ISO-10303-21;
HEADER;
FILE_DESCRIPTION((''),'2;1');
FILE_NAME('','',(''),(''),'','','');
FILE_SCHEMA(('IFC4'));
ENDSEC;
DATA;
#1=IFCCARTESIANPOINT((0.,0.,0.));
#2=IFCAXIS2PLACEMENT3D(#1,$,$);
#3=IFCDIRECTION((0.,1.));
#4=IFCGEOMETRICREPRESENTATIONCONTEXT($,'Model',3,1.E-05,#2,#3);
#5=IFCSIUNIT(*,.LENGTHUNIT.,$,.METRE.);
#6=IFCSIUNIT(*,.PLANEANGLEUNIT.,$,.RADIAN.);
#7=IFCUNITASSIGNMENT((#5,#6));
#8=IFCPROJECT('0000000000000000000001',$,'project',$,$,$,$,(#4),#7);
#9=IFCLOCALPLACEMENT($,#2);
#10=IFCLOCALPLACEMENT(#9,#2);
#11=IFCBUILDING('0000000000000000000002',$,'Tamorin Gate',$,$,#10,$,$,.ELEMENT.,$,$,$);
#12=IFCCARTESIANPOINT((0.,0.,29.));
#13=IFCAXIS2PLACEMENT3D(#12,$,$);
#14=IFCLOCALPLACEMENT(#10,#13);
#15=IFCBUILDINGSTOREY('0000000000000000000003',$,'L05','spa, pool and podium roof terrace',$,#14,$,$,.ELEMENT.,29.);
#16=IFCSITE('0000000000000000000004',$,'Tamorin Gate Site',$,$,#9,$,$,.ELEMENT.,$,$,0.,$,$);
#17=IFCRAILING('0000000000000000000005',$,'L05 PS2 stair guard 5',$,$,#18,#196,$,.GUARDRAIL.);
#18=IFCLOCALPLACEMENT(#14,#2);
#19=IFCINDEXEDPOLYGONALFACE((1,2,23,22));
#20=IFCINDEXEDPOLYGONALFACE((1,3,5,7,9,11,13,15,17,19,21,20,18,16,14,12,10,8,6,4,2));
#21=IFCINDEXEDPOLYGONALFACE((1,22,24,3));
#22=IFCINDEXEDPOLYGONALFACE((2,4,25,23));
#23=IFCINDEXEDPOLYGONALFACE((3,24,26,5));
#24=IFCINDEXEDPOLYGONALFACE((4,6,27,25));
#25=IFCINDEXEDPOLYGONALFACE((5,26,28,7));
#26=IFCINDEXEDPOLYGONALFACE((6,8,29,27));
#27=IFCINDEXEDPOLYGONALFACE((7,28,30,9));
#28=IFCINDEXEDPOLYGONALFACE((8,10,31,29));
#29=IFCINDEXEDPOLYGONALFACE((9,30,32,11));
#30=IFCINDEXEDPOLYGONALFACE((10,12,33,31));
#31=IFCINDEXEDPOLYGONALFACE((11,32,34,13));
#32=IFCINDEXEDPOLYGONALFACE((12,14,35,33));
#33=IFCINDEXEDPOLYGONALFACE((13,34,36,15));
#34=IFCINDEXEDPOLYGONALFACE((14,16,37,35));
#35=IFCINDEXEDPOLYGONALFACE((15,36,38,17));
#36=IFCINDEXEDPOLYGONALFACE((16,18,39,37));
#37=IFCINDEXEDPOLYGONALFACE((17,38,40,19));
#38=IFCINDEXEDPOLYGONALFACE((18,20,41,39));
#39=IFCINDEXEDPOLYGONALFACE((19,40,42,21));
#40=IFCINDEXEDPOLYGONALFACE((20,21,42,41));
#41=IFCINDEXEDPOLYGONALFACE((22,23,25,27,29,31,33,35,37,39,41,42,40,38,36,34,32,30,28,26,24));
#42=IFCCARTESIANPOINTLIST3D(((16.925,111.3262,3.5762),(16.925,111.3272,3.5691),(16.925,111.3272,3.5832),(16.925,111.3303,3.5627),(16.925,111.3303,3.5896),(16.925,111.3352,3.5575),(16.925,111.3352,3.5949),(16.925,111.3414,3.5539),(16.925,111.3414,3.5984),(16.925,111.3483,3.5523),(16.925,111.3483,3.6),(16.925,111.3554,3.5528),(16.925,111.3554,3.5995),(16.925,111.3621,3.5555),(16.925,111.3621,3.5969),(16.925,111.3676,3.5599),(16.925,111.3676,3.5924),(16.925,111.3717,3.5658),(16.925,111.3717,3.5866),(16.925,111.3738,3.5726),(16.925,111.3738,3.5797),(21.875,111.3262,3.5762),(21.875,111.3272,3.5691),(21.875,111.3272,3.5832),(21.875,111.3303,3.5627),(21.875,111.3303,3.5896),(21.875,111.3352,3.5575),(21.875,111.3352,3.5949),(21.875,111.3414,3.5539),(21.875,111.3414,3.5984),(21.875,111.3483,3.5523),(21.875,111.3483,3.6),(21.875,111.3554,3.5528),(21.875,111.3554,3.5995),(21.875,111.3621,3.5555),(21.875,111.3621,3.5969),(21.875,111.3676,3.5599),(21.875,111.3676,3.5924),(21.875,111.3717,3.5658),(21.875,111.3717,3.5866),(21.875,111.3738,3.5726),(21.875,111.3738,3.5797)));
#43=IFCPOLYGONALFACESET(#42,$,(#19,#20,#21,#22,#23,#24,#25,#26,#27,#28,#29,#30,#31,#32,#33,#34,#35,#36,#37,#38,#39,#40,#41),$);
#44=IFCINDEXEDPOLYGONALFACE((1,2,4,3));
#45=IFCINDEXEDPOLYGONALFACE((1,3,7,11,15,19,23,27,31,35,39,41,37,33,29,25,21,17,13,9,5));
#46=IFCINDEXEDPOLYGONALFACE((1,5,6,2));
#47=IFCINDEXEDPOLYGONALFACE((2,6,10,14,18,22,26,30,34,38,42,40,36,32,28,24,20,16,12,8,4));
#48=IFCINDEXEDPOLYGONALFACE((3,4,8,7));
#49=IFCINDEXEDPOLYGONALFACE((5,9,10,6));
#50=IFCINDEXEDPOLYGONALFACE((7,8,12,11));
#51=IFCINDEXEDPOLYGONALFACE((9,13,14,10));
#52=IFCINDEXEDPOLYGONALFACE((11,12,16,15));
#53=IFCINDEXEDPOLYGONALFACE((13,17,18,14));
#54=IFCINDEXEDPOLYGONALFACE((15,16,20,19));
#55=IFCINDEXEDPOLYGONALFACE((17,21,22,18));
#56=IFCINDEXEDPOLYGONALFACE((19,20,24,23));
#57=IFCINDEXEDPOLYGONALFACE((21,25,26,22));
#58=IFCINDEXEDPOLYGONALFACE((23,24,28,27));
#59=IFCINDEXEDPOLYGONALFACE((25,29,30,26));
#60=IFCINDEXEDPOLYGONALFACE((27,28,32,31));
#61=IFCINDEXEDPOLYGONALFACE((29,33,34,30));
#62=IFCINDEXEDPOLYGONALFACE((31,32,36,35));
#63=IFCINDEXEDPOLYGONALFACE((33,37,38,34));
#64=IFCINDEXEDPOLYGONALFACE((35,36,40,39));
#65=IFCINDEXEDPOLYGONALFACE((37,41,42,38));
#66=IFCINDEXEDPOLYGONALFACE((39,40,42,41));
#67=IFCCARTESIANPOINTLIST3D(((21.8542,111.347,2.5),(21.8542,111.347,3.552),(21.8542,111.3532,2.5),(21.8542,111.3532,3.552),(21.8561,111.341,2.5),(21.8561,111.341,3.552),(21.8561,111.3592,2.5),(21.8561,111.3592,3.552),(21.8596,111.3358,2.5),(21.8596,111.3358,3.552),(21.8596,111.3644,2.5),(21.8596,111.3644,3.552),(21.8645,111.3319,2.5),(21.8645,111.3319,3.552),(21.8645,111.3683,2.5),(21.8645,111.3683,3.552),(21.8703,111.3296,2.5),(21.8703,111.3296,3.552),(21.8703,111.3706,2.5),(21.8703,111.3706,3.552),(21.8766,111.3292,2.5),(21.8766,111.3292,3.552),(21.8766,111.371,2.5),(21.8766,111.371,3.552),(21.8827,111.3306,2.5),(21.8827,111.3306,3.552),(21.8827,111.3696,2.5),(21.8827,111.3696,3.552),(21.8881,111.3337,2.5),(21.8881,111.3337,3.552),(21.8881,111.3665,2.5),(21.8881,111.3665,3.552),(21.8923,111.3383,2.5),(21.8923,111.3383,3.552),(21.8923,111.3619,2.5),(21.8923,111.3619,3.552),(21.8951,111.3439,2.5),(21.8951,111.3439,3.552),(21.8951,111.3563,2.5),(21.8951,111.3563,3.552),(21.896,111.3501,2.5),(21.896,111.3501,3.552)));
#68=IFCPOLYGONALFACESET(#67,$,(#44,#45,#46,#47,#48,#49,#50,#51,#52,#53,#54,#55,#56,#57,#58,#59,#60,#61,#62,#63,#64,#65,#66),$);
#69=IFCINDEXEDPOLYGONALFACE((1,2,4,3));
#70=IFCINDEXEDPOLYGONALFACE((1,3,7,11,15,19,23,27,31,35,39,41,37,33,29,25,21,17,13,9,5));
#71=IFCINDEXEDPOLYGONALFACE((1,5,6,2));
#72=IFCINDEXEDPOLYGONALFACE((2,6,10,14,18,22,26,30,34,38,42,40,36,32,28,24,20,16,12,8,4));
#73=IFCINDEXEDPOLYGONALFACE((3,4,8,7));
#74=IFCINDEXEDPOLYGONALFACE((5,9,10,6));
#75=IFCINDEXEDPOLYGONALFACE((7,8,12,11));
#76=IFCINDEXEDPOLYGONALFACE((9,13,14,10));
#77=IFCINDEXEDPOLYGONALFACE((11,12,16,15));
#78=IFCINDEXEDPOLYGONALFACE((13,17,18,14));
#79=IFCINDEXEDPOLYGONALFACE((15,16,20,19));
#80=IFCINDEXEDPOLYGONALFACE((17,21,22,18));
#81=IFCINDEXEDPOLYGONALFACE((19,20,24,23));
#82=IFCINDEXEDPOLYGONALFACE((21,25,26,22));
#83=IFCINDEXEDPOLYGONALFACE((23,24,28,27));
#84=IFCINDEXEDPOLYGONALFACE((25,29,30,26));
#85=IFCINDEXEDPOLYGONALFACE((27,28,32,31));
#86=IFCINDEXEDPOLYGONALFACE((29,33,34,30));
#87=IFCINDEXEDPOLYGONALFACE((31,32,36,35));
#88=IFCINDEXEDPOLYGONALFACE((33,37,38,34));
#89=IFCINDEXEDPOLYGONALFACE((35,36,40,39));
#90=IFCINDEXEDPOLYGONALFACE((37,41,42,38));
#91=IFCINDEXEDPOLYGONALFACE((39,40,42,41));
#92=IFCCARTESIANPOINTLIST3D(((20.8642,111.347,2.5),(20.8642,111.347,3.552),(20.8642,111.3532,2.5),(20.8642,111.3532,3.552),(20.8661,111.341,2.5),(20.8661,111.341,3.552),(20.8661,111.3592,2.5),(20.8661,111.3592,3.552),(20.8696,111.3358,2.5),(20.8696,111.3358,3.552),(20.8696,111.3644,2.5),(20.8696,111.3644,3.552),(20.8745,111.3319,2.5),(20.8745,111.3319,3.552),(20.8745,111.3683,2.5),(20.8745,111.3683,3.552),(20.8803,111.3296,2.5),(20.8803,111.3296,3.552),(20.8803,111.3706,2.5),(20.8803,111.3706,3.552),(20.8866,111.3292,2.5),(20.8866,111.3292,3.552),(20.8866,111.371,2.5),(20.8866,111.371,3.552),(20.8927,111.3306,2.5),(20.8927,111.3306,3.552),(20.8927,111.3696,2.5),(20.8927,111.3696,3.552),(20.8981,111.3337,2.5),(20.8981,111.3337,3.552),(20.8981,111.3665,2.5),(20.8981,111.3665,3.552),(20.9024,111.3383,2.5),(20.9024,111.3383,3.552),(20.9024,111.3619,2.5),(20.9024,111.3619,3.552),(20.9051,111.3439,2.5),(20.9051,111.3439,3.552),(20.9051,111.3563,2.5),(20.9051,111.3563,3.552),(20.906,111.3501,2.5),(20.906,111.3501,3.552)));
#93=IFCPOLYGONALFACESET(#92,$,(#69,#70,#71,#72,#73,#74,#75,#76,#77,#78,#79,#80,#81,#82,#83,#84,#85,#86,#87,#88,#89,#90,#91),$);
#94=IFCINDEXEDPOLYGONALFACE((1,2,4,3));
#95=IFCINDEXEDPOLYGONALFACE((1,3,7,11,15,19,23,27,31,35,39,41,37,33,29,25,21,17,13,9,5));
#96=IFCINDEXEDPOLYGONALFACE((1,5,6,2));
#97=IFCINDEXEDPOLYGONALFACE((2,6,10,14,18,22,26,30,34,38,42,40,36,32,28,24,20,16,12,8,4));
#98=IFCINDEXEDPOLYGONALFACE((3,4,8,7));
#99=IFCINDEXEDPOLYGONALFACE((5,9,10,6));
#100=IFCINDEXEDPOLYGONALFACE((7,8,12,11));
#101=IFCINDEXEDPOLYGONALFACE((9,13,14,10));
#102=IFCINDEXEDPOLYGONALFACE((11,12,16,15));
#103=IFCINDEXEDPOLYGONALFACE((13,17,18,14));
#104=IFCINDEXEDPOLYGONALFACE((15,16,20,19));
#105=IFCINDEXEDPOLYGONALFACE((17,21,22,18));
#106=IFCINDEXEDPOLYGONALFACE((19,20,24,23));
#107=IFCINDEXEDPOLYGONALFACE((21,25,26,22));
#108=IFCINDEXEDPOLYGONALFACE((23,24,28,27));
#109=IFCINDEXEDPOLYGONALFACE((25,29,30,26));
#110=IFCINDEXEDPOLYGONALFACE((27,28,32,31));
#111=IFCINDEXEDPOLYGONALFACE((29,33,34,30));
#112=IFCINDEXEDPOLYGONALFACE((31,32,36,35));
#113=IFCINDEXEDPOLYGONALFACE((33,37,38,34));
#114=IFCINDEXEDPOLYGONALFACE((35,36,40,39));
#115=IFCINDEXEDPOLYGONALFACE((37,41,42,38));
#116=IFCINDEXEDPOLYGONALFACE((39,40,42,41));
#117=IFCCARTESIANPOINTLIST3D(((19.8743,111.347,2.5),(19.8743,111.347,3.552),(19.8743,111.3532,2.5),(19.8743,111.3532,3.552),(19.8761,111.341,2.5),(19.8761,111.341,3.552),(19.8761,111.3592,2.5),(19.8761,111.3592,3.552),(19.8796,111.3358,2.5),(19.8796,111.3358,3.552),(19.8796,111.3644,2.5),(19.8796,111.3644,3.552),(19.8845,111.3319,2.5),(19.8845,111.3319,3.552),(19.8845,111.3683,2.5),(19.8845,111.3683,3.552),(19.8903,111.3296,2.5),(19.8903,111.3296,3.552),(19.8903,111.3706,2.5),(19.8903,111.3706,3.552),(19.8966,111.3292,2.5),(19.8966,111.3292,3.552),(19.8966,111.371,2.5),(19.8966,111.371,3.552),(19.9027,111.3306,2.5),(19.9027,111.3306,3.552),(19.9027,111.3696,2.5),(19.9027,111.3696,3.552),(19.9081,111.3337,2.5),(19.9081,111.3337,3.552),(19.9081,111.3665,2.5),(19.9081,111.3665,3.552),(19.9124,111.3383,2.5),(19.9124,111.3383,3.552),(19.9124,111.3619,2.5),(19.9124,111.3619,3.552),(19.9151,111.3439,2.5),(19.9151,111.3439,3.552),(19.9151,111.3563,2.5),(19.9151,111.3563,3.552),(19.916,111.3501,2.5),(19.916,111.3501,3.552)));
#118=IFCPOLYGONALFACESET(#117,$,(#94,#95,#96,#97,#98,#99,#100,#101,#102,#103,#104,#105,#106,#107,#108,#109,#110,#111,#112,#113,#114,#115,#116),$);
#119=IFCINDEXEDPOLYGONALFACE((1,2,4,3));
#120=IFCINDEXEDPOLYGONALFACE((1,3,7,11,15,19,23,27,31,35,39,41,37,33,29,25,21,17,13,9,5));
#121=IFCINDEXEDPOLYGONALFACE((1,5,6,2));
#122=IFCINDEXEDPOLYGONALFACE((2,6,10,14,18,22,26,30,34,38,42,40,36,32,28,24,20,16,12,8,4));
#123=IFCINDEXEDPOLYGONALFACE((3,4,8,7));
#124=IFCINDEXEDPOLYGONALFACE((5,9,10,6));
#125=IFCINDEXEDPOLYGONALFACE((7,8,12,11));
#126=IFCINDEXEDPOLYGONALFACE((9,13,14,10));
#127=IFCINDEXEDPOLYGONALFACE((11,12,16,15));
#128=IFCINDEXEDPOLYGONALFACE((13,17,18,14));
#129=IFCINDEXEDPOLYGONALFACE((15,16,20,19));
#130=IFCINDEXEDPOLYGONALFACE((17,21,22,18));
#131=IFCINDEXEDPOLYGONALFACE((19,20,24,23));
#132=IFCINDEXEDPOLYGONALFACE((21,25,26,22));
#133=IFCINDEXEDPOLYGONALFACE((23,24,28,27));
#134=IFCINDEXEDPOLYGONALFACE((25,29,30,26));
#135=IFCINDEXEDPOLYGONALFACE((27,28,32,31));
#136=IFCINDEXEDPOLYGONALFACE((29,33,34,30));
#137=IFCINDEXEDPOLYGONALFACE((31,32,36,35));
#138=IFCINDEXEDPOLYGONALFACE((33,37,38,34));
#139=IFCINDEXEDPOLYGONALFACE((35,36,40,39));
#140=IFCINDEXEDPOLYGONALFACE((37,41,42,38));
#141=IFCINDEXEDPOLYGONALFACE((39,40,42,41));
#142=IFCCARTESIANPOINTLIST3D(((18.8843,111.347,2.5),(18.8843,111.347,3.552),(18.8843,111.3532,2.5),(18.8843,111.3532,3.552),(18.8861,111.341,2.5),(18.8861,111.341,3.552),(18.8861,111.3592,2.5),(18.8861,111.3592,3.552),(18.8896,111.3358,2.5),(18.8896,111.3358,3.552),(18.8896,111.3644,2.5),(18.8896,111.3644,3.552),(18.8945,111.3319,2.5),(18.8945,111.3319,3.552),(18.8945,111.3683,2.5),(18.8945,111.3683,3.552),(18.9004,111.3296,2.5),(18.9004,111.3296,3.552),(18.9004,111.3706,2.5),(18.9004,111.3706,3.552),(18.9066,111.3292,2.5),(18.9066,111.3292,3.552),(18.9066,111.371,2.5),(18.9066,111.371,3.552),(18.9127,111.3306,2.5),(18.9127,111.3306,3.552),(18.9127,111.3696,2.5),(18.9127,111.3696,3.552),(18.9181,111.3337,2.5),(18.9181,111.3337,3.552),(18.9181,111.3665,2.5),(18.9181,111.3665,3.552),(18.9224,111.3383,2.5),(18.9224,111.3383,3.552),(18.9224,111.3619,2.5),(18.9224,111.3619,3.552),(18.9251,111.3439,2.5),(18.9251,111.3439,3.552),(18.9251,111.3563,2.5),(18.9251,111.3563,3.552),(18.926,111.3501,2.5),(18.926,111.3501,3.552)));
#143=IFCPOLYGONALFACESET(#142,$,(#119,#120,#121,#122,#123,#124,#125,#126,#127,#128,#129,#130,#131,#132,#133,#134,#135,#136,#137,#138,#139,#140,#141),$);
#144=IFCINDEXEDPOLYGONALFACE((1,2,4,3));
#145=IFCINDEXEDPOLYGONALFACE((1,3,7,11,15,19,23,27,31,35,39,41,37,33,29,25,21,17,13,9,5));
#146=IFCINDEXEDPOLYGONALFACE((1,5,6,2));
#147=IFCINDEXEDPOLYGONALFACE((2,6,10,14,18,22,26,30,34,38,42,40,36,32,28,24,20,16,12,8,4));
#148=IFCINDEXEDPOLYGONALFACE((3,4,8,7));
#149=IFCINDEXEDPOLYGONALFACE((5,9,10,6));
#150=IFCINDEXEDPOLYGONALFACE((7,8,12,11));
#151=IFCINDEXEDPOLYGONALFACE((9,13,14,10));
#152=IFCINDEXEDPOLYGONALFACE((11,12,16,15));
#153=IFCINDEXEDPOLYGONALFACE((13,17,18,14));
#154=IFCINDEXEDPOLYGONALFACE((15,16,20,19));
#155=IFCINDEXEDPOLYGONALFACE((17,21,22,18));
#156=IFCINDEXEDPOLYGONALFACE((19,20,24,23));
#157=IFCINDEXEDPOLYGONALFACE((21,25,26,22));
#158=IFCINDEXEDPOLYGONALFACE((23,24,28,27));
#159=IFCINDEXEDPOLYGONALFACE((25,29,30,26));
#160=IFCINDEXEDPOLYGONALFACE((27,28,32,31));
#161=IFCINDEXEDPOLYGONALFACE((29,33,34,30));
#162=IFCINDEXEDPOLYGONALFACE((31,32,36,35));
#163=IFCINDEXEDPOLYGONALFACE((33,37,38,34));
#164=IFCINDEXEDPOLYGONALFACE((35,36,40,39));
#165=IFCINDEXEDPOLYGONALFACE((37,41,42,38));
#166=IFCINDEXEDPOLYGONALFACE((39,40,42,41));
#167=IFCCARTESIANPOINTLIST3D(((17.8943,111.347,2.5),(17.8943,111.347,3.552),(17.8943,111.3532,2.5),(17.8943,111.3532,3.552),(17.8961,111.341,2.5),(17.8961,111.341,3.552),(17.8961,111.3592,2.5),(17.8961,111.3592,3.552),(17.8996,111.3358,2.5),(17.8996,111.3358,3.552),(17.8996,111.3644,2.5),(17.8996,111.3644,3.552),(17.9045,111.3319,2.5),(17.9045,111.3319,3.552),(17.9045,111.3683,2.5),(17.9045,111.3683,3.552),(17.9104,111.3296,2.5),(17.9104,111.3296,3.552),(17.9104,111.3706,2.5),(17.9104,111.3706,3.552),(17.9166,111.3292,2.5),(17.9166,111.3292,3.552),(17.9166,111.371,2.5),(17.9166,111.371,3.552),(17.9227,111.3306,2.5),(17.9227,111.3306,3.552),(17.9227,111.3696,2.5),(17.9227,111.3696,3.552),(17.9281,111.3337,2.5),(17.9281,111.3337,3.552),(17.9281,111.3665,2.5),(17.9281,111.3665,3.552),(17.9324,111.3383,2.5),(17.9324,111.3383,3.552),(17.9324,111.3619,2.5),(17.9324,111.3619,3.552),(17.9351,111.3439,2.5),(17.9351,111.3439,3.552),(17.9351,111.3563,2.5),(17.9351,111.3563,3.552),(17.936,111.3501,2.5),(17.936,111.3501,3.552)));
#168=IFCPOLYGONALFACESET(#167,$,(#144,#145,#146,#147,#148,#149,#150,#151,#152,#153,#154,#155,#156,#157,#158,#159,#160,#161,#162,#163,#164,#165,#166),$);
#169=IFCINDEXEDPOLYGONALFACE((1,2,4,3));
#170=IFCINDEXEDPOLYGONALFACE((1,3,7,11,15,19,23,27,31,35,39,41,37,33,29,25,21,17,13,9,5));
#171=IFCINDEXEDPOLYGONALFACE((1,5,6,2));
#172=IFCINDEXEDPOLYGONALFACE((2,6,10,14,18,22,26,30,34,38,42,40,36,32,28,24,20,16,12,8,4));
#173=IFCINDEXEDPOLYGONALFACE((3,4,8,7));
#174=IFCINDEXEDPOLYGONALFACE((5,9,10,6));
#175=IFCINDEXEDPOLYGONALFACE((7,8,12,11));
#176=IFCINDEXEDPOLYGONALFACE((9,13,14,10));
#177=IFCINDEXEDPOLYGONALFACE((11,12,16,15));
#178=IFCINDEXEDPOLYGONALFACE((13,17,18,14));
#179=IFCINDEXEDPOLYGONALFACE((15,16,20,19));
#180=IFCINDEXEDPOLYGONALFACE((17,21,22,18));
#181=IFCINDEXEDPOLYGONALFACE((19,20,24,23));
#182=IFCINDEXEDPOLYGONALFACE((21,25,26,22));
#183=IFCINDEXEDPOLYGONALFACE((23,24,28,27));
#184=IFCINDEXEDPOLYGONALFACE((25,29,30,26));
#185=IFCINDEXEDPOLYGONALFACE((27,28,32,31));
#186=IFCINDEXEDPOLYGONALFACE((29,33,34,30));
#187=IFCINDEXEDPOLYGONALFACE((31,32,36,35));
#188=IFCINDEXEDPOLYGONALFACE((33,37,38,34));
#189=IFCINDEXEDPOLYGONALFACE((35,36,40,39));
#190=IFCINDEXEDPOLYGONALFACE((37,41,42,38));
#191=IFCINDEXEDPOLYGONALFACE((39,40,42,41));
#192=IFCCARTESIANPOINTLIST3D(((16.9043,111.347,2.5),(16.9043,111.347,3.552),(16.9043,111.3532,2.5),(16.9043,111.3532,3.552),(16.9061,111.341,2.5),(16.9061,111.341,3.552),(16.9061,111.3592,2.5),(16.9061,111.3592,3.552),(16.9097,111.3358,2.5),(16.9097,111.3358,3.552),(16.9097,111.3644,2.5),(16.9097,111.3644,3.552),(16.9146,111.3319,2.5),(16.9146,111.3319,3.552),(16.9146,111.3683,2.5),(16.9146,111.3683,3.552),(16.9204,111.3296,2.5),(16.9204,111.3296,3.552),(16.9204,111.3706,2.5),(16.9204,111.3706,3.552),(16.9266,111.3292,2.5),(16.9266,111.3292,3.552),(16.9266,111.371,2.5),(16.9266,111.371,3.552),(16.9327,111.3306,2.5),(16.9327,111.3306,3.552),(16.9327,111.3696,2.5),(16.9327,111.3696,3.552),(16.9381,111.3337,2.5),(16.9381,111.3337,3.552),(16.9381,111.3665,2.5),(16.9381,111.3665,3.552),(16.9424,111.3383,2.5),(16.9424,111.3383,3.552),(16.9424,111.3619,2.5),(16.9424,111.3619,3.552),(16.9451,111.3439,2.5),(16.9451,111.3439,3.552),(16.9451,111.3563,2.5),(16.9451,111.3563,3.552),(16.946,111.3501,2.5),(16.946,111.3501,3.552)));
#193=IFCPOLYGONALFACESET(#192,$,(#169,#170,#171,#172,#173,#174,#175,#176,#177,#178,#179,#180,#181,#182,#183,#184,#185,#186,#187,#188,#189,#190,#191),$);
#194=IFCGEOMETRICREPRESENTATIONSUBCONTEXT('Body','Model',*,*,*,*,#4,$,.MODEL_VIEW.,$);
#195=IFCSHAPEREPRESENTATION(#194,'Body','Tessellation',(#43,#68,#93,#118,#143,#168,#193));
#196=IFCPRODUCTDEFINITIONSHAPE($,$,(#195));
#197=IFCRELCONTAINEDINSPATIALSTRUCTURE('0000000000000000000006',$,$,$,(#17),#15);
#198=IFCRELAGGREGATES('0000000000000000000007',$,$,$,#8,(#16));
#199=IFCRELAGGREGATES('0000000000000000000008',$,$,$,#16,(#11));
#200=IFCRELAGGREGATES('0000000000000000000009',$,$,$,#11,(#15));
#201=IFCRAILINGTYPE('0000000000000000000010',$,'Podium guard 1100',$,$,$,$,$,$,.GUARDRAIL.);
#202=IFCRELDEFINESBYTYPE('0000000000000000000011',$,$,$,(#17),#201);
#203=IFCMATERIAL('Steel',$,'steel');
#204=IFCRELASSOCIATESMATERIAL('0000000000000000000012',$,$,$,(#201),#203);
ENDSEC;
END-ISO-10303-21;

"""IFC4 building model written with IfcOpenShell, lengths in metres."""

from ifc_helpers import new_model, si_unit, direction, frame, origin, origin_2d, place, context, subcontext, project, spatial, circle, extrude, material, type_object, element, save


model = new_model("IFC4")

# Units and contexts
model_context = context("Model", 3, precision=1e-05, world=origin(), true_north=direction((0.0, 1.0)))
body_context = subcontext(model_context, "Body", "Model", "MODEL_VIEW")
ifc_project = project(units=[si_unit("LENGTHUNIT", "METRE"), si_unit("PLANEANGLEUNIT", "RADIAN")], contexts=[model_context])

# Site, building, storey
site_placement = place(None, origin())
site = spatial("IfcSite", under=ifc_project, at=site_placement, Name="Tamorin Gate Site", CompositionType="ELEMENT", RefElevation=0.0)
building_placement = place(site_placement, origin())
building = spatial("IfcBuilding", under=site, at=building_placement, Name="Tamorin Gate", CompositionType="ELEMENT")
storey_placement = place(building_placement, frame((0.0, 0.0, 29.0)))
storey = spatial("IfcBuildingStorey", under=building, at=storey_placement, Name="L05", Description="spa, pool and podium roof terrace", CompositionType="ELEMENT", Elevation=29.0)

# Railing
ifc_material_1 = material(Name="Steel", Category="steel")
railing_type_1 = type_object("IfcRailingType", Name="Podium guard 1100", PredefinedType="GUARDRAIL", material=ifc_material_1)
railing_1_placement = place(storey_placement, frame((21.875, 111.3501, 2.5)))
element("IfcRailing", 1, at=railing_1_placement, inside=storey, type_object=railing_type_1, Name="L05 PS2 stair guard 5", PredefinedType="GUARDRAIL", context=body_context, shape_type="SweptSolid", body=[
    extrude(circle(Radius=0.0239, at=origin_2d()), frame((0.0, 0.0, 1.0762), z_axis=(-1.0, 0.0, 0.0), x_axis=(0.0, -1.0, 0.0)), (0.0, 0.0, 1.0), 4.95),
    extrude(circle(Radius=0.021, at=origin_2d()), origin(), (0.0, 0.0, 1.0), 1.052),
    extrude(circle(Radius=0.021, at=origin_2d()), frame((-0.99, 0.0, 0.0)), (0.0, 0.0, 1.0), 1.052),
    extrude(circle(Radius=0.021, at=origin_2d()), frame((-1.98, 0.0, 0.0)), (0.0, 0.0, 1.0), 1.052),
    extrude(circle(Radius=0.021, at=origin_2d()), frame((-2.97, 0.0, 0.0)), (0.0, 0.0, 1.0), 1.052),
    extrude(circle(Radius=0.021, at=origin_2d()), frame((-3.96, 0.0, 0.0)), (0.0, 0.0, 1.0), 1.052),
    extrude(circle(Radius=0.021, at=origin_2d()), frame((-4.95, 0.0, 0.0)), (0.0, 0.0, 1.0), 1.052),
])

save(model, "model.ifc")
